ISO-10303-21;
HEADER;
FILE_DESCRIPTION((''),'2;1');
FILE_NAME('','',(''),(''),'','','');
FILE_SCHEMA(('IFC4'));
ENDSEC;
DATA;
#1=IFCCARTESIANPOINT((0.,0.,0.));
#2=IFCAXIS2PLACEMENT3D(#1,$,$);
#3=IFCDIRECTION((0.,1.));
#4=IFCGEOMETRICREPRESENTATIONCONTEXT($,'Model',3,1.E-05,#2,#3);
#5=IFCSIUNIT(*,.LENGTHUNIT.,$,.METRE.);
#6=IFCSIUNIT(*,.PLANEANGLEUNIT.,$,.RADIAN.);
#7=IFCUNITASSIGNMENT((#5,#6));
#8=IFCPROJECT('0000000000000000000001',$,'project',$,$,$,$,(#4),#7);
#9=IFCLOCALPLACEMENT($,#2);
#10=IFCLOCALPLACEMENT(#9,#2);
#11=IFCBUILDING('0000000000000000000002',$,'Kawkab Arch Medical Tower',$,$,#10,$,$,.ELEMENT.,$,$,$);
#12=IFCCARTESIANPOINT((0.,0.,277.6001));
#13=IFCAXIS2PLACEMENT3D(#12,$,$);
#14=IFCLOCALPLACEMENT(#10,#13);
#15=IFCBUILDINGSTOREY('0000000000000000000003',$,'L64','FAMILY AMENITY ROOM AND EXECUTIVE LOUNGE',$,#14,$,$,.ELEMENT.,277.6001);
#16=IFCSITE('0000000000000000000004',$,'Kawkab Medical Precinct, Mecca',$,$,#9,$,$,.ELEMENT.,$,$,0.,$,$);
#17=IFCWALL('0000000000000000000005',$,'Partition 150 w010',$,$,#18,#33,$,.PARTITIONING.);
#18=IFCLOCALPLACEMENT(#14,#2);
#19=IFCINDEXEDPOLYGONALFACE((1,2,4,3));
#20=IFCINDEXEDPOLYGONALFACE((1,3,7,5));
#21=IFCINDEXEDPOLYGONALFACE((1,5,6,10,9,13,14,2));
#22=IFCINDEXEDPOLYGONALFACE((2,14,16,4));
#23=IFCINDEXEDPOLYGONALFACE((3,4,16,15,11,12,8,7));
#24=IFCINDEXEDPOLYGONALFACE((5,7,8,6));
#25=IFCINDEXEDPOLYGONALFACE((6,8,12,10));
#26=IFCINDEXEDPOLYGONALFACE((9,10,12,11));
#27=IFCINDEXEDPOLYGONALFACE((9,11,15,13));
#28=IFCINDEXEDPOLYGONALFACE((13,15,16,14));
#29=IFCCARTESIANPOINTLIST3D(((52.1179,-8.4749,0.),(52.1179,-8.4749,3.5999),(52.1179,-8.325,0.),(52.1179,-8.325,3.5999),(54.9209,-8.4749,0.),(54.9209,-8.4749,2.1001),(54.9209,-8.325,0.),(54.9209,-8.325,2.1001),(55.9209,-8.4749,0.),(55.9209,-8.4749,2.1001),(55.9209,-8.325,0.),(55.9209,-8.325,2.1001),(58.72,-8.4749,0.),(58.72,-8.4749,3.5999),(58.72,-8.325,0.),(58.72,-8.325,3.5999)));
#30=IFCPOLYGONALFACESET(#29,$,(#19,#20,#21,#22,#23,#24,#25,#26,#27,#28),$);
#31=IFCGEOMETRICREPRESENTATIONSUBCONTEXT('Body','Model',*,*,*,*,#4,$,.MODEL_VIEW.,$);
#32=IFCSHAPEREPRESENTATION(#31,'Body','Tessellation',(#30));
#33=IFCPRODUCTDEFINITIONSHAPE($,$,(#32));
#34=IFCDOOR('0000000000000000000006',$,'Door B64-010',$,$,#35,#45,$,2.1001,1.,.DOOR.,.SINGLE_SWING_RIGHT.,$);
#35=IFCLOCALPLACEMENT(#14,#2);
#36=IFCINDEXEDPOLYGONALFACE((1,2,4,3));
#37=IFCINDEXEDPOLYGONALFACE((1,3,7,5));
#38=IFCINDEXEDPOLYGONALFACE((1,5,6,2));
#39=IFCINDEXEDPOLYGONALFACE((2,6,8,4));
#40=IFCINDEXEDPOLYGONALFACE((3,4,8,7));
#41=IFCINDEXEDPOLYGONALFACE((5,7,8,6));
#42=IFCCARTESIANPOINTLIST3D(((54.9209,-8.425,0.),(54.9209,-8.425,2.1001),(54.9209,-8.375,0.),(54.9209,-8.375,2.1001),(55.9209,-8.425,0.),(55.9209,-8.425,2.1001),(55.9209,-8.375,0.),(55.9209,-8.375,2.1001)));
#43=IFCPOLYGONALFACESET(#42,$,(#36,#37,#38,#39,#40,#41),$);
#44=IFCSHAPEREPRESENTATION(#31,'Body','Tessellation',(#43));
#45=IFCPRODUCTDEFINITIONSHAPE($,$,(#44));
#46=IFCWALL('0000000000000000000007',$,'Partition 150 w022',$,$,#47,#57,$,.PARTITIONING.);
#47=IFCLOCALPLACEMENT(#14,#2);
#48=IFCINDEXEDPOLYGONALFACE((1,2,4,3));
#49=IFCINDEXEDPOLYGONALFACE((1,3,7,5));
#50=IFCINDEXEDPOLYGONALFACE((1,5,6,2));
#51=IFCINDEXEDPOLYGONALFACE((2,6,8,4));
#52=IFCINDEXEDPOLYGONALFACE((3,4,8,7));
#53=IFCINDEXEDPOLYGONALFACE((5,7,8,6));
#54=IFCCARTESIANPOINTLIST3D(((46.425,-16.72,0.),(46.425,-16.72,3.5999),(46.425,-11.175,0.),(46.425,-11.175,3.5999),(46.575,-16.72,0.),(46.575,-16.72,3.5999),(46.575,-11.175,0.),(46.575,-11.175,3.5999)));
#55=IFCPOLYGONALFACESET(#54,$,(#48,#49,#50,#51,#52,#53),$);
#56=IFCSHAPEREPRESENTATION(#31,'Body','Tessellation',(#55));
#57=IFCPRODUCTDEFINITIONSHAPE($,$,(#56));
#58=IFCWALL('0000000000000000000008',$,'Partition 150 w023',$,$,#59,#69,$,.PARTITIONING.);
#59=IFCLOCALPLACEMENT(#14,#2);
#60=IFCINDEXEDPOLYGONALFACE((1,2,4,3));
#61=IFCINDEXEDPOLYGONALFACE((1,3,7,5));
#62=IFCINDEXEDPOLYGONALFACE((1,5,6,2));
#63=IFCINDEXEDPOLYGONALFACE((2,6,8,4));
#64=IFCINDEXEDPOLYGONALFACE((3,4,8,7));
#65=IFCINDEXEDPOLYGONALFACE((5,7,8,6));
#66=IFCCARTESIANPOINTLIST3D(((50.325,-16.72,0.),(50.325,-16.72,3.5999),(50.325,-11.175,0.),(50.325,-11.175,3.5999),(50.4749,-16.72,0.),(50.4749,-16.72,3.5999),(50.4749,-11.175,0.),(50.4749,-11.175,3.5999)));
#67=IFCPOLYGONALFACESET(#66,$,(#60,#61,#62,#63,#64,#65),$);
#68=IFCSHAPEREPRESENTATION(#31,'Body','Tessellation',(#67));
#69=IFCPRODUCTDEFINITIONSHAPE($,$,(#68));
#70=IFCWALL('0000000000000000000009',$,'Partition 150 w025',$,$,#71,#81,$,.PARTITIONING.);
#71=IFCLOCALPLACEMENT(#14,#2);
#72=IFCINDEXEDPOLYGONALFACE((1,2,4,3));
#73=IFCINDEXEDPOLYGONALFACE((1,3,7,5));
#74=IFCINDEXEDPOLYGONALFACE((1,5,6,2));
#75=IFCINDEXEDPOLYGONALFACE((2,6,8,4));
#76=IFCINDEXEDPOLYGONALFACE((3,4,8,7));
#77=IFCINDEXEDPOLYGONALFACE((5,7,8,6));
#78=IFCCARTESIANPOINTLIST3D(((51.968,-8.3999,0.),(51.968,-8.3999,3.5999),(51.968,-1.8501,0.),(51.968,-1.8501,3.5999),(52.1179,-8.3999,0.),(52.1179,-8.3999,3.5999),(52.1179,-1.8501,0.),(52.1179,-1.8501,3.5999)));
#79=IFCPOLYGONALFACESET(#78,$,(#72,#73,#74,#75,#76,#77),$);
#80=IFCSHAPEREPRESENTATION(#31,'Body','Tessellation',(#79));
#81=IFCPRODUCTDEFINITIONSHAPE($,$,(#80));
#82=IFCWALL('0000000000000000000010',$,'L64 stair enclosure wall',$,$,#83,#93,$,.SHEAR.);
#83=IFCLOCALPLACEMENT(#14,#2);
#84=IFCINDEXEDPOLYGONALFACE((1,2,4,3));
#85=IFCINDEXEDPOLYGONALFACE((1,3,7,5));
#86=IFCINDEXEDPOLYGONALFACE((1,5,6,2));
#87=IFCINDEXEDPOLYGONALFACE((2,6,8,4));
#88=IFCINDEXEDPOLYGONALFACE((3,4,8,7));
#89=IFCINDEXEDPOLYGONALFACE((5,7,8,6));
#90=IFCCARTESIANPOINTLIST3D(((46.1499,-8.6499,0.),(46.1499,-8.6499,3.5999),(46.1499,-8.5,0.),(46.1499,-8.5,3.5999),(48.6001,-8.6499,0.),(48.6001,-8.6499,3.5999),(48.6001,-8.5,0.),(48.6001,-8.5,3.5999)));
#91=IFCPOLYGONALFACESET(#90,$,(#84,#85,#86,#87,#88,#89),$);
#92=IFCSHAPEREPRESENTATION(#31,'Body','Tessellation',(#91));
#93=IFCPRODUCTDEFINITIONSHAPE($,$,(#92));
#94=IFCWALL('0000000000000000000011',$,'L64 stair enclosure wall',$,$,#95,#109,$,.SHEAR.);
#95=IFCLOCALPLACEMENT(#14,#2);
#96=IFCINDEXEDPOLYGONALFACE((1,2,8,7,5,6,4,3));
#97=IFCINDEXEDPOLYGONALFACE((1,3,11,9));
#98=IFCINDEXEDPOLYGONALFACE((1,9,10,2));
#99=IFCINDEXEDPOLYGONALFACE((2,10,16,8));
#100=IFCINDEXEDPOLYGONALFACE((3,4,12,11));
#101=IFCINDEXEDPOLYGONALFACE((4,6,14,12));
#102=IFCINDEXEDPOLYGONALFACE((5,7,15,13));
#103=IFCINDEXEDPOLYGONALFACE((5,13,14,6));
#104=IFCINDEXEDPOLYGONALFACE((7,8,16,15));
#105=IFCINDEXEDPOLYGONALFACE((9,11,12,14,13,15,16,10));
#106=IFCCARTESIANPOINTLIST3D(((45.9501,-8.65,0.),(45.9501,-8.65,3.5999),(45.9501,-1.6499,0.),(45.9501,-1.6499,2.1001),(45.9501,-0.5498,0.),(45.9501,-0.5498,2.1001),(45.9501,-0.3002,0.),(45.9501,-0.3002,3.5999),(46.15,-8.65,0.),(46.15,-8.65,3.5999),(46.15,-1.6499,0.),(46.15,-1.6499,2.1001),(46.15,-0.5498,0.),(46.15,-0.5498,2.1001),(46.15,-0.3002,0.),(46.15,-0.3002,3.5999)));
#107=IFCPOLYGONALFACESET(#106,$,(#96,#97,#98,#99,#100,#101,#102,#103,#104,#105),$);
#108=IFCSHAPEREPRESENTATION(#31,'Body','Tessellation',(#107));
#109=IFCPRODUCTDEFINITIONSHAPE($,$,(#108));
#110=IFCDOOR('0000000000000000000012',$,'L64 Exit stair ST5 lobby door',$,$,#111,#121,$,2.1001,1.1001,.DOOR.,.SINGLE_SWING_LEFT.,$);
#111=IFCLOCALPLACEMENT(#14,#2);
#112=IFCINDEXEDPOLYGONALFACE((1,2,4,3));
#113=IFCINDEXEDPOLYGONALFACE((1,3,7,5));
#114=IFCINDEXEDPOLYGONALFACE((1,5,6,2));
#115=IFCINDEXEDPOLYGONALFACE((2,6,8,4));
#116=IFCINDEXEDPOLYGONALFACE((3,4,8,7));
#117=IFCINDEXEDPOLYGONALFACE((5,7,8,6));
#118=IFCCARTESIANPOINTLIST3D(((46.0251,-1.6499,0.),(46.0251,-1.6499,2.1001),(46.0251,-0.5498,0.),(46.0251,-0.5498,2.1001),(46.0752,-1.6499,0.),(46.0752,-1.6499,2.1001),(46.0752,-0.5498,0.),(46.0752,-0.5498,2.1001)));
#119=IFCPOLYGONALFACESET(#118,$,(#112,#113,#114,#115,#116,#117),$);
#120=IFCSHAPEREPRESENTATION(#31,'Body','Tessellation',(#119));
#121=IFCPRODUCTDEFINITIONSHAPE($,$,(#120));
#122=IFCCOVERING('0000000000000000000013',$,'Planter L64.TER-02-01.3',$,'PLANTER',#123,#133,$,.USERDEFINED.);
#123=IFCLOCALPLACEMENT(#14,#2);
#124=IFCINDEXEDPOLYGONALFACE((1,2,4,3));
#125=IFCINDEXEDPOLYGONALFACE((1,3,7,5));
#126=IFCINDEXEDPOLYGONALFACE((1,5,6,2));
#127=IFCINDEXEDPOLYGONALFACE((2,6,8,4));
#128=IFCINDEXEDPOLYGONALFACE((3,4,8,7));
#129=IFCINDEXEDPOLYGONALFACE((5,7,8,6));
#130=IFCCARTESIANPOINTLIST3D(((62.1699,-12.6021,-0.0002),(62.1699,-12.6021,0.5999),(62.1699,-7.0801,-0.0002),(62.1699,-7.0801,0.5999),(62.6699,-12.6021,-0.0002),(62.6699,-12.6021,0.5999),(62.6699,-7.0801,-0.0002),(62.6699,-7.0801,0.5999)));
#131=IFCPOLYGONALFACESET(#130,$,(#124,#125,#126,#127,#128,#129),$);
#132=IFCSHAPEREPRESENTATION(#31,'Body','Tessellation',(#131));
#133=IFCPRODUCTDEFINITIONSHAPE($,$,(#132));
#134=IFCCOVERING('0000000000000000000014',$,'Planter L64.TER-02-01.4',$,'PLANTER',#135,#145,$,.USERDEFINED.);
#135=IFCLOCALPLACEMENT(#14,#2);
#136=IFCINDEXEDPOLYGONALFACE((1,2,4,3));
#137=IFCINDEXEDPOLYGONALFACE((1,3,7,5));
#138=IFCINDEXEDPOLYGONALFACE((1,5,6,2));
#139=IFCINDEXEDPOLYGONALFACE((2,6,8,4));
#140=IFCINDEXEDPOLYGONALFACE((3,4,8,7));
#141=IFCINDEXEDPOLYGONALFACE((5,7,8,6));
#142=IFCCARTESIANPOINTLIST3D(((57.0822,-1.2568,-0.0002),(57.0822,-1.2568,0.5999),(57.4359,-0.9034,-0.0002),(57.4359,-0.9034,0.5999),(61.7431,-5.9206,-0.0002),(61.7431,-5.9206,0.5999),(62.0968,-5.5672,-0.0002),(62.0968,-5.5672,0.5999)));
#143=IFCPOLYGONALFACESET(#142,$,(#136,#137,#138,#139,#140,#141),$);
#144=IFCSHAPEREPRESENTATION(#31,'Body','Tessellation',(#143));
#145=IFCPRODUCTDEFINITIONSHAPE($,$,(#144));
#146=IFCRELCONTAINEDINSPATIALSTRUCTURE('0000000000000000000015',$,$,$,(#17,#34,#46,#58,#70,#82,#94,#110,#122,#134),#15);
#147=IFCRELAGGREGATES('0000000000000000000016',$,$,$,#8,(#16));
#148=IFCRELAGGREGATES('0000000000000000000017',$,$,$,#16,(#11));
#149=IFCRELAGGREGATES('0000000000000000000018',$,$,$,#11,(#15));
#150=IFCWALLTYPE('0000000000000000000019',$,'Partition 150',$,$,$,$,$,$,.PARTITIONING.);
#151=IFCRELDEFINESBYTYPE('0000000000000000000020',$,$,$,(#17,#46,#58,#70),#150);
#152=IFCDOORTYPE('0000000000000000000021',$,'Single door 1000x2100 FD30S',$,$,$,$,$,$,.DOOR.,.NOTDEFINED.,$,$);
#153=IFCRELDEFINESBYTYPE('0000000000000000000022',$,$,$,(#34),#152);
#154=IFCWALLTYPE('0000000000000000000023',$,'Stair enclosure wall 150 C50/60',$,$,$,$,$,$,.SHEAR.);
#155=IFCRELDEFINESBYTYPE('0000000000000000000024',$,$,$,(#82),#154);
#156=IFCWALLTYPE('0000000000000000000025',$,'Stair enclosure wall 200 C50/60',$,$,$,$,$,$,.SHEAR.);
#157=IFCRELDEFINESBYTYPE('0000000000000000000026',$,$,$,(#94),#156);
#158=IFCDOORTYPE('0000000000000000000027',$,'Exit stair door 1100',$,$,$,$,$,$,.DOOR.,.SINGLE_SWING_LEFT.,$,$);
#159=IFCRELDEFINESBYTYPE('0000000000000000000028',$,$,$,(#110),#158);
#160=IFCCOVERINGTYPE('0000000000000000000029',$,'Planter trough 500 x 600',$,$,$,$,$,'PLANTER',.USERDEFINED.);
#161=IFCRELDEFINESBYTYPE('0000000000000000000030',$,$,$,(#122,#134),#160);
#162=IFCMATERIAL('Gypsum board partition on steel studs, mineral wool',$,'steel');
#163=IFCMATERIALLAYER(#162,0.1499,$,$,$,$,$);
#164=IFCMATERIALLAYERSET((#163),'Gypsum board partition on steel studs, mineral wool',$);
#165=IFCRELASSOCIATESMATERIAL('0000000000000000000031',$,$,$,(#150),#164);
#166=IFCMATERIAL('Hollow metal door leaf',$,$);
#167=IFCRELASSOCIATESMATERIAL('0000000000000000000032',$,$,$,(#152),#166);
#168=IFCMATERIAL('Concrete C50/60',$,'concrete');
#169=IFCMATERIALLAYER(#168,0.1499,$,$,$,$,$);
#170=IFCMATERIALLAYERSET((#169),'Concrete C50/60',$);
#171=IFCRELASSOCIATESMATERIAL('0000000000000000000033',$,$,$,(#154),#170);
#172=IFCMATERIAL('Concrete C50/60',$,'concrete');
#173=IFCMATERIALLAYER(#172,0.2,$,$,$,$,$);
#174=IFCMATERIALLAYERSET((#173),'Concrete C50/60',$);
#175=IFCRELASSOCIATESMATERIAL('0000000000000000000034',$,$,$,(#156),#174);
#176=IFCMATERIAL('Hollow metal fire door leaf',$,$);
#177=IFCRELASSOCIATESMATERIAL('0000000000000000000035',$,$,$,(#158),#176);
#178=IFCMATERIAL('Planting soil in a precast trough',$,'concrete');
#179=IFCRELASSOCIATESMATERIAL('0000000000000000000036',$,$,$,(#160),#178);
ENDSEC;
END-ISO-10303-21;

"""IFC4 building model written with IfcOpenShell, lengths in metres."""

from ifc_helpers import new_model, si_unit, direction, frame, frame_2d, origin, origin_2d, place, context, subcontext, project, spatial, rectangle, extrude, material, layer, layer_set, material_profile, profile_set, type_object, element, fill, save


model = new_model("IFC4")

# Units and contexts
model_context = context("Model", 3, precision=1e-05, world=origin(), true_north=direction((0.0, 1.0)))
body_context = subcontext(model_context, "Body", "Model", "MODEL_VIEW")
ifc_project = project(units=[si_unit("LENGTHUNIT", "METRE"), si_unit("PLANEANGLEUNIT", "RADIAN")], contexts=[model_context])

# Site, building, storey
site_placement = place(None, origin())
site = spatial("IfcSite", under=ifc_project, at=site_placement, Name="Kawkab Medical Precinct, Mecca", CompositionType="ELEMENT", RefElevation=0.0)
building_placement = place(site_placement, origin())
building = spatial("IfcBuilding", under=site, at=building_placement, Name="Kawkab Arch Medical Tower", CompositionType="ELEMENT")
storey_placement = place(building_placement, frame((0.0, 0.0, 277.6001)))
storey = spatial("IfcBuildingStorey", under=building, at=storey_placement, Name="L64", Description="FAMILY AMENITY ROOM AND EXECUTIVE LOUNGE", CompositionType="ELEMENT", Elevation=277.6001)

# Wall, opening, door
ifc_material_1 = material(Name="Gypsum board partition on steel studs, mineral wool", Category="steel")
ifc_layer_1 = layer(ifc_material_1, 0.1499)
ifc_layer_set_1 = layer_set([ifc_layer_1], Name="Gypsum board partition on steel studs, mineral wool")
wall_type_1 = type_object("IfcWallType", Name="Partition 150", PredefinedType="PARTITIONING", material=ifc_layer_set_1)
wall_1_placement = place(storey_placement, frame((52.1179, -8.3999, 0.0), z_axis=(0.0, 0.0, 1.0), x_axis=(1.0, 0.0, 0.0)))
wall_1 = element("IfcWall", 1, at=wall_1_placement, inside=storey, type_object=wall_type_1, Name="Partition 150 w010", PredefinedType="PARTITIONING", context=body_context, shape_type="SweptSolid", body=[
    extrude(rectangle(XDim=6.6021, YDim=0.1499, at=frame_2d((3.301, 0.0))), origin(), (0.0, 0.0, 1.0), 3.5999),
])
opening_1_placement = place(wall_1_placement, frame((2.803, 0.0, 0.0)))
opening_1 = element("IfcOpeningElement", 2, at=opening_1_placement, cuts=wall_1, PredefinedType="OPENING", context=body_context, shape_type="SweptSolid", body=[
    extrude(rectangle(XDim=1.0, YDim=2.1001, at=frame_2d((0.5, 1.05))), frame((0.0, 0.085, 0.0), z_axis=(0.0, -1.0, 0.0), x_axis=(1.0, 0.0, 0.0)), (0.0, 0.0, 1.0), 0.1699),
])
ifc_material_2 = material(Name="Hollow metal door leaf")
door_type_1 = type_object("IfcDoorType", Name="Single door 1000x2100 FD30S", OperationType="NOTDEFINED", PredefinedType="DOOR", material=ifc_material_2)
door_1_placement = place(opening_1_placement, origin())
door_1 = element("IfcDoor", 3, at=door_1_placement, inside=storey, type_object=door_type_1, Name="Door B64-010", OperationType="SINGLE_SWING_RIGHT", OverallHeight=2.1001, OverallWidth=1.0, PredefinedType="DOOR", context=body_context, shape_type="SweptSolid", body=[
    extrude(rectangle(XDim=1.0, YDim=2.1001, at=frame_2d((0.5, 1.05))), frame((0.0, 0.0249, 0.0), z_axis=(0.0, -1.0, 0.0), x_axis=(1.0, 0.0, 0.0)), (0.0, 0.0, 1.0), 0.05),
])
fill(opening_1, door_1)

# Walls
for number, where, z_axis, x_axis, name in (
    (4, (46.5, -16.72, 0.0), (0.0, 0.0, 1.0), (0.0, 1.0, 0.0), "Partition 150 w022"),
    (5, (50.3999, -16.72, 0.0), (0.0, 0.0, 1.0), (0.0, 1.0, 0.0), "Partition 150 w023"),
):
    element("IfcWall", number, at=place(storey_placement, frame(where, z_axis=z_axis, x_axis=x_axis)), inside=storey, type_object=wall_type_1, Name=name, PredefinedType="PARTITIONING", context=body_context, shape_type="SweptSolid", body=[
        extrude(rectangle(XDim=5.5449, YDim=0.1499, at=frame_2d((2.7725, 0.0))), origin(), (0.0, 0.0, 1.0), 3.5999),
    ])
wall_2_placement = place(storey_placement, frame((52.043, -8.3999, 0.0), z_axis=(0.0, 0.0, 1.0), x_axis=(0.0, 1.0, 0.0)))
element("IfcWall", 6, at=wall_2_placement, inside=storey, type_object=wall_type_1, Name="Partition 150 w025", PredefinedType="PARTITIONING", context=body_context, shape_type="SweptSolid", body=[
    extrude(rectangle(XDim=6.5498, YDim=0.1499, at=frame_2d((3.2749, 0.0))), origin(), (0.0, 0.0, 1.0), 3.5999),
])
ifc_material_3 = material(Name="Concrete C50/60", Category="concrete")
ifc_layer_2 = layer(ifc_material_3, 0.1499)
ifc_layer_set_2 = layer_set([ifc_layer_2], Name="Concrete C50/60")
wall_type_2 = type_object("IfcWallType", Name="Stair enclosure wall 150 C50/60", PredefinedType="SHEAR", material=ifc_layer_set_2)
wall_3_placement = place(storey_placement, frame((46.1499, -8.575, 0.0), z_axis=(0.0, 0.0, 1.0), x_axis=(1.0, 0.0, 0.0)))
element("IfcWall", 7, at=wall_3_placement, inside=storey, type_object=wall_type_2, Name="L64 stair enclosure wall", PredefinedType="SHEAR", context=body_context, shape_type="SweptSolid", body=[
    extrude(rectangle(XDim=2.4502, YDim=0.1499, at=frame_2d((1.2251, 0.0))), origin(), (0.0, 0.0, 1.0), 3.5999),
])

# Wall, opening, door
ifc_material_4 = material(Name="Concrete C50/60", Category="concrete")
ifc_layer_3 = layer(ifc_material_4, 0.2)
ifc_layer_set_3 = layer_set([ifc_layer_3], Name="Concrete C50/60")
wall_type_3 = type_object("IfcWallType", Name="Stair enclosure wall 200 C50/60", PredefinedType="SHEAR", material=ifc_layer_set_3)
wall_4_placement = place(storey_placement, frame((46.05, -8.6499, 0.0), z_axis=(0.0, 0.0, 1.0), x_axis=(0.0, 1.0, 0.0)))
wall_4 = element("IfcWall", 8, at=wall_4_placement, inside=storey, type_object=wall_type_3, Name="L64 stair enclosure wall", PredefinedType="SHEAR", context=body_context, shape_type="SweptSolid", body=[
    extrude(rectangle(XDim=8.3499, YDim=0.2, at=frame_2d((4.1748, 0.0))), origin(), (0.0, 0.0, 1.0), 3.5999),
])
opening_2_placement = place(wall_4_placement, frame((7.0, 0.0, 0.0)))
opening_2 = element("IfcOpeningElement", 9, at=opening_2_placement, cuts=wall_4, PredefinedType="OPENING", context=body_context, shape_type="SweptSolid", body=[
    extrude(rectangle(XDim=1.1001, YDim=2.1001, at=frame_2d((0.55, 1.05))), frame((0.0, 0.1099, 0.0), z_axis=(0.0, -1.0, 0.0), x_axis=(1.0, 0.0, 0.0)), (0.0, 0.0, 1.0), 0.22),
])
ifc_material_5 = material(Name="Hollow metal fire door leaf")
door_type_2 = type_object("IfcDoorType", Name="Exit stair door 1100", OperationType="SINGLE_SWING_LEFT", PredefinedType="DOOR", material=ifc_material_5)
door_2_placement = place(opening_2_placement, origin())
door_2 = element("IfcDoor", 10, at=door_2_placement, inside=storey, type_object=door_type_2, Name="L64 Exit stair ST5 lobby door", OperationType="SINGLE_SWING_LEFT", OverallHeight=2.1001, OverallWidth=1.1001, PredefinedType="DOOR", context=body_context, shape_type="SweptSolid", body=[
    extrude(rectangle(XDim=1.1001, YDim=2.1001, at=frame_2d((0.55, 1.05))), frame((0.0, 0.0249, 0.0), z_axis=(0.0, -1.0, 0.0), x_axis=(1.0, 0.0, 0.0)), (0.0, 0.0, 1.0), 0.05),
])
fill(opening_2, door_2)

# Coverings
ifc_material_6 = material(Name="Planting soil in a precast trough", Category="concrete")
ifc_material_profile_1 = material_profile(ifc_material_6, rectangle(XDim=0.5, YDim=0.6001, at=origin_2d()), Name="Trough 500x600")
ifc_profile_set_1 = profile_set([ifc_material_profile_1], Name="Planting soil in a precast trough")
covering_type = type_object("IfcCoveringType", Name="Planter trough 500 x 600", ElementType="PLANTER", PredefinedType="USERDEFINED", material=ifc_profile_set_1)
covering_1_placement = place(storey_placement, frame((62.4199, -12.6021, 0.2998), z_axis=(0.0, 1.0, 0.0), x_axis=(-1.0, 0.0, 0.0)))
element("IfcCovering", 11, at=covering_1_placement, inside=storey, type_object=covering_type, Name="Planter L64.TER-02-01.3", ObjectType="PLANTER", PredefinedType="USERDEFINED", context=body_context, shape_type="SweptSolid", body=[
    extrude(rectangle(XDim=0.5, YDim=0.6001, at=origin_2d()), origin(), (0.0, 0.0, 1.0), 5.522),
])
covering_2_placement = place(storey_placement, frame((61.9199, -5.7439, 0.2998), z_axis=(-0.706885, 0.707329, 0.0), x_axis=(-0.707329, -0.706885, 0.0)))
element("IfcCovering", 12, at=covering_2_placement, inside=storey, type_object=covering_type, Name="Planter L64.TER-02-01.4", ObjectType="PLANTER", PredefinedType="USERDEFINED", context=body_context, shape_type="SweptSolid", body=[
    extrude(rectangle(XDim=0.5, YDim=0.6001, at=origin_2d()), origin(), (0.0, 0.0, 1.0), 6.5935),
])

save(model, "model.ifc")
